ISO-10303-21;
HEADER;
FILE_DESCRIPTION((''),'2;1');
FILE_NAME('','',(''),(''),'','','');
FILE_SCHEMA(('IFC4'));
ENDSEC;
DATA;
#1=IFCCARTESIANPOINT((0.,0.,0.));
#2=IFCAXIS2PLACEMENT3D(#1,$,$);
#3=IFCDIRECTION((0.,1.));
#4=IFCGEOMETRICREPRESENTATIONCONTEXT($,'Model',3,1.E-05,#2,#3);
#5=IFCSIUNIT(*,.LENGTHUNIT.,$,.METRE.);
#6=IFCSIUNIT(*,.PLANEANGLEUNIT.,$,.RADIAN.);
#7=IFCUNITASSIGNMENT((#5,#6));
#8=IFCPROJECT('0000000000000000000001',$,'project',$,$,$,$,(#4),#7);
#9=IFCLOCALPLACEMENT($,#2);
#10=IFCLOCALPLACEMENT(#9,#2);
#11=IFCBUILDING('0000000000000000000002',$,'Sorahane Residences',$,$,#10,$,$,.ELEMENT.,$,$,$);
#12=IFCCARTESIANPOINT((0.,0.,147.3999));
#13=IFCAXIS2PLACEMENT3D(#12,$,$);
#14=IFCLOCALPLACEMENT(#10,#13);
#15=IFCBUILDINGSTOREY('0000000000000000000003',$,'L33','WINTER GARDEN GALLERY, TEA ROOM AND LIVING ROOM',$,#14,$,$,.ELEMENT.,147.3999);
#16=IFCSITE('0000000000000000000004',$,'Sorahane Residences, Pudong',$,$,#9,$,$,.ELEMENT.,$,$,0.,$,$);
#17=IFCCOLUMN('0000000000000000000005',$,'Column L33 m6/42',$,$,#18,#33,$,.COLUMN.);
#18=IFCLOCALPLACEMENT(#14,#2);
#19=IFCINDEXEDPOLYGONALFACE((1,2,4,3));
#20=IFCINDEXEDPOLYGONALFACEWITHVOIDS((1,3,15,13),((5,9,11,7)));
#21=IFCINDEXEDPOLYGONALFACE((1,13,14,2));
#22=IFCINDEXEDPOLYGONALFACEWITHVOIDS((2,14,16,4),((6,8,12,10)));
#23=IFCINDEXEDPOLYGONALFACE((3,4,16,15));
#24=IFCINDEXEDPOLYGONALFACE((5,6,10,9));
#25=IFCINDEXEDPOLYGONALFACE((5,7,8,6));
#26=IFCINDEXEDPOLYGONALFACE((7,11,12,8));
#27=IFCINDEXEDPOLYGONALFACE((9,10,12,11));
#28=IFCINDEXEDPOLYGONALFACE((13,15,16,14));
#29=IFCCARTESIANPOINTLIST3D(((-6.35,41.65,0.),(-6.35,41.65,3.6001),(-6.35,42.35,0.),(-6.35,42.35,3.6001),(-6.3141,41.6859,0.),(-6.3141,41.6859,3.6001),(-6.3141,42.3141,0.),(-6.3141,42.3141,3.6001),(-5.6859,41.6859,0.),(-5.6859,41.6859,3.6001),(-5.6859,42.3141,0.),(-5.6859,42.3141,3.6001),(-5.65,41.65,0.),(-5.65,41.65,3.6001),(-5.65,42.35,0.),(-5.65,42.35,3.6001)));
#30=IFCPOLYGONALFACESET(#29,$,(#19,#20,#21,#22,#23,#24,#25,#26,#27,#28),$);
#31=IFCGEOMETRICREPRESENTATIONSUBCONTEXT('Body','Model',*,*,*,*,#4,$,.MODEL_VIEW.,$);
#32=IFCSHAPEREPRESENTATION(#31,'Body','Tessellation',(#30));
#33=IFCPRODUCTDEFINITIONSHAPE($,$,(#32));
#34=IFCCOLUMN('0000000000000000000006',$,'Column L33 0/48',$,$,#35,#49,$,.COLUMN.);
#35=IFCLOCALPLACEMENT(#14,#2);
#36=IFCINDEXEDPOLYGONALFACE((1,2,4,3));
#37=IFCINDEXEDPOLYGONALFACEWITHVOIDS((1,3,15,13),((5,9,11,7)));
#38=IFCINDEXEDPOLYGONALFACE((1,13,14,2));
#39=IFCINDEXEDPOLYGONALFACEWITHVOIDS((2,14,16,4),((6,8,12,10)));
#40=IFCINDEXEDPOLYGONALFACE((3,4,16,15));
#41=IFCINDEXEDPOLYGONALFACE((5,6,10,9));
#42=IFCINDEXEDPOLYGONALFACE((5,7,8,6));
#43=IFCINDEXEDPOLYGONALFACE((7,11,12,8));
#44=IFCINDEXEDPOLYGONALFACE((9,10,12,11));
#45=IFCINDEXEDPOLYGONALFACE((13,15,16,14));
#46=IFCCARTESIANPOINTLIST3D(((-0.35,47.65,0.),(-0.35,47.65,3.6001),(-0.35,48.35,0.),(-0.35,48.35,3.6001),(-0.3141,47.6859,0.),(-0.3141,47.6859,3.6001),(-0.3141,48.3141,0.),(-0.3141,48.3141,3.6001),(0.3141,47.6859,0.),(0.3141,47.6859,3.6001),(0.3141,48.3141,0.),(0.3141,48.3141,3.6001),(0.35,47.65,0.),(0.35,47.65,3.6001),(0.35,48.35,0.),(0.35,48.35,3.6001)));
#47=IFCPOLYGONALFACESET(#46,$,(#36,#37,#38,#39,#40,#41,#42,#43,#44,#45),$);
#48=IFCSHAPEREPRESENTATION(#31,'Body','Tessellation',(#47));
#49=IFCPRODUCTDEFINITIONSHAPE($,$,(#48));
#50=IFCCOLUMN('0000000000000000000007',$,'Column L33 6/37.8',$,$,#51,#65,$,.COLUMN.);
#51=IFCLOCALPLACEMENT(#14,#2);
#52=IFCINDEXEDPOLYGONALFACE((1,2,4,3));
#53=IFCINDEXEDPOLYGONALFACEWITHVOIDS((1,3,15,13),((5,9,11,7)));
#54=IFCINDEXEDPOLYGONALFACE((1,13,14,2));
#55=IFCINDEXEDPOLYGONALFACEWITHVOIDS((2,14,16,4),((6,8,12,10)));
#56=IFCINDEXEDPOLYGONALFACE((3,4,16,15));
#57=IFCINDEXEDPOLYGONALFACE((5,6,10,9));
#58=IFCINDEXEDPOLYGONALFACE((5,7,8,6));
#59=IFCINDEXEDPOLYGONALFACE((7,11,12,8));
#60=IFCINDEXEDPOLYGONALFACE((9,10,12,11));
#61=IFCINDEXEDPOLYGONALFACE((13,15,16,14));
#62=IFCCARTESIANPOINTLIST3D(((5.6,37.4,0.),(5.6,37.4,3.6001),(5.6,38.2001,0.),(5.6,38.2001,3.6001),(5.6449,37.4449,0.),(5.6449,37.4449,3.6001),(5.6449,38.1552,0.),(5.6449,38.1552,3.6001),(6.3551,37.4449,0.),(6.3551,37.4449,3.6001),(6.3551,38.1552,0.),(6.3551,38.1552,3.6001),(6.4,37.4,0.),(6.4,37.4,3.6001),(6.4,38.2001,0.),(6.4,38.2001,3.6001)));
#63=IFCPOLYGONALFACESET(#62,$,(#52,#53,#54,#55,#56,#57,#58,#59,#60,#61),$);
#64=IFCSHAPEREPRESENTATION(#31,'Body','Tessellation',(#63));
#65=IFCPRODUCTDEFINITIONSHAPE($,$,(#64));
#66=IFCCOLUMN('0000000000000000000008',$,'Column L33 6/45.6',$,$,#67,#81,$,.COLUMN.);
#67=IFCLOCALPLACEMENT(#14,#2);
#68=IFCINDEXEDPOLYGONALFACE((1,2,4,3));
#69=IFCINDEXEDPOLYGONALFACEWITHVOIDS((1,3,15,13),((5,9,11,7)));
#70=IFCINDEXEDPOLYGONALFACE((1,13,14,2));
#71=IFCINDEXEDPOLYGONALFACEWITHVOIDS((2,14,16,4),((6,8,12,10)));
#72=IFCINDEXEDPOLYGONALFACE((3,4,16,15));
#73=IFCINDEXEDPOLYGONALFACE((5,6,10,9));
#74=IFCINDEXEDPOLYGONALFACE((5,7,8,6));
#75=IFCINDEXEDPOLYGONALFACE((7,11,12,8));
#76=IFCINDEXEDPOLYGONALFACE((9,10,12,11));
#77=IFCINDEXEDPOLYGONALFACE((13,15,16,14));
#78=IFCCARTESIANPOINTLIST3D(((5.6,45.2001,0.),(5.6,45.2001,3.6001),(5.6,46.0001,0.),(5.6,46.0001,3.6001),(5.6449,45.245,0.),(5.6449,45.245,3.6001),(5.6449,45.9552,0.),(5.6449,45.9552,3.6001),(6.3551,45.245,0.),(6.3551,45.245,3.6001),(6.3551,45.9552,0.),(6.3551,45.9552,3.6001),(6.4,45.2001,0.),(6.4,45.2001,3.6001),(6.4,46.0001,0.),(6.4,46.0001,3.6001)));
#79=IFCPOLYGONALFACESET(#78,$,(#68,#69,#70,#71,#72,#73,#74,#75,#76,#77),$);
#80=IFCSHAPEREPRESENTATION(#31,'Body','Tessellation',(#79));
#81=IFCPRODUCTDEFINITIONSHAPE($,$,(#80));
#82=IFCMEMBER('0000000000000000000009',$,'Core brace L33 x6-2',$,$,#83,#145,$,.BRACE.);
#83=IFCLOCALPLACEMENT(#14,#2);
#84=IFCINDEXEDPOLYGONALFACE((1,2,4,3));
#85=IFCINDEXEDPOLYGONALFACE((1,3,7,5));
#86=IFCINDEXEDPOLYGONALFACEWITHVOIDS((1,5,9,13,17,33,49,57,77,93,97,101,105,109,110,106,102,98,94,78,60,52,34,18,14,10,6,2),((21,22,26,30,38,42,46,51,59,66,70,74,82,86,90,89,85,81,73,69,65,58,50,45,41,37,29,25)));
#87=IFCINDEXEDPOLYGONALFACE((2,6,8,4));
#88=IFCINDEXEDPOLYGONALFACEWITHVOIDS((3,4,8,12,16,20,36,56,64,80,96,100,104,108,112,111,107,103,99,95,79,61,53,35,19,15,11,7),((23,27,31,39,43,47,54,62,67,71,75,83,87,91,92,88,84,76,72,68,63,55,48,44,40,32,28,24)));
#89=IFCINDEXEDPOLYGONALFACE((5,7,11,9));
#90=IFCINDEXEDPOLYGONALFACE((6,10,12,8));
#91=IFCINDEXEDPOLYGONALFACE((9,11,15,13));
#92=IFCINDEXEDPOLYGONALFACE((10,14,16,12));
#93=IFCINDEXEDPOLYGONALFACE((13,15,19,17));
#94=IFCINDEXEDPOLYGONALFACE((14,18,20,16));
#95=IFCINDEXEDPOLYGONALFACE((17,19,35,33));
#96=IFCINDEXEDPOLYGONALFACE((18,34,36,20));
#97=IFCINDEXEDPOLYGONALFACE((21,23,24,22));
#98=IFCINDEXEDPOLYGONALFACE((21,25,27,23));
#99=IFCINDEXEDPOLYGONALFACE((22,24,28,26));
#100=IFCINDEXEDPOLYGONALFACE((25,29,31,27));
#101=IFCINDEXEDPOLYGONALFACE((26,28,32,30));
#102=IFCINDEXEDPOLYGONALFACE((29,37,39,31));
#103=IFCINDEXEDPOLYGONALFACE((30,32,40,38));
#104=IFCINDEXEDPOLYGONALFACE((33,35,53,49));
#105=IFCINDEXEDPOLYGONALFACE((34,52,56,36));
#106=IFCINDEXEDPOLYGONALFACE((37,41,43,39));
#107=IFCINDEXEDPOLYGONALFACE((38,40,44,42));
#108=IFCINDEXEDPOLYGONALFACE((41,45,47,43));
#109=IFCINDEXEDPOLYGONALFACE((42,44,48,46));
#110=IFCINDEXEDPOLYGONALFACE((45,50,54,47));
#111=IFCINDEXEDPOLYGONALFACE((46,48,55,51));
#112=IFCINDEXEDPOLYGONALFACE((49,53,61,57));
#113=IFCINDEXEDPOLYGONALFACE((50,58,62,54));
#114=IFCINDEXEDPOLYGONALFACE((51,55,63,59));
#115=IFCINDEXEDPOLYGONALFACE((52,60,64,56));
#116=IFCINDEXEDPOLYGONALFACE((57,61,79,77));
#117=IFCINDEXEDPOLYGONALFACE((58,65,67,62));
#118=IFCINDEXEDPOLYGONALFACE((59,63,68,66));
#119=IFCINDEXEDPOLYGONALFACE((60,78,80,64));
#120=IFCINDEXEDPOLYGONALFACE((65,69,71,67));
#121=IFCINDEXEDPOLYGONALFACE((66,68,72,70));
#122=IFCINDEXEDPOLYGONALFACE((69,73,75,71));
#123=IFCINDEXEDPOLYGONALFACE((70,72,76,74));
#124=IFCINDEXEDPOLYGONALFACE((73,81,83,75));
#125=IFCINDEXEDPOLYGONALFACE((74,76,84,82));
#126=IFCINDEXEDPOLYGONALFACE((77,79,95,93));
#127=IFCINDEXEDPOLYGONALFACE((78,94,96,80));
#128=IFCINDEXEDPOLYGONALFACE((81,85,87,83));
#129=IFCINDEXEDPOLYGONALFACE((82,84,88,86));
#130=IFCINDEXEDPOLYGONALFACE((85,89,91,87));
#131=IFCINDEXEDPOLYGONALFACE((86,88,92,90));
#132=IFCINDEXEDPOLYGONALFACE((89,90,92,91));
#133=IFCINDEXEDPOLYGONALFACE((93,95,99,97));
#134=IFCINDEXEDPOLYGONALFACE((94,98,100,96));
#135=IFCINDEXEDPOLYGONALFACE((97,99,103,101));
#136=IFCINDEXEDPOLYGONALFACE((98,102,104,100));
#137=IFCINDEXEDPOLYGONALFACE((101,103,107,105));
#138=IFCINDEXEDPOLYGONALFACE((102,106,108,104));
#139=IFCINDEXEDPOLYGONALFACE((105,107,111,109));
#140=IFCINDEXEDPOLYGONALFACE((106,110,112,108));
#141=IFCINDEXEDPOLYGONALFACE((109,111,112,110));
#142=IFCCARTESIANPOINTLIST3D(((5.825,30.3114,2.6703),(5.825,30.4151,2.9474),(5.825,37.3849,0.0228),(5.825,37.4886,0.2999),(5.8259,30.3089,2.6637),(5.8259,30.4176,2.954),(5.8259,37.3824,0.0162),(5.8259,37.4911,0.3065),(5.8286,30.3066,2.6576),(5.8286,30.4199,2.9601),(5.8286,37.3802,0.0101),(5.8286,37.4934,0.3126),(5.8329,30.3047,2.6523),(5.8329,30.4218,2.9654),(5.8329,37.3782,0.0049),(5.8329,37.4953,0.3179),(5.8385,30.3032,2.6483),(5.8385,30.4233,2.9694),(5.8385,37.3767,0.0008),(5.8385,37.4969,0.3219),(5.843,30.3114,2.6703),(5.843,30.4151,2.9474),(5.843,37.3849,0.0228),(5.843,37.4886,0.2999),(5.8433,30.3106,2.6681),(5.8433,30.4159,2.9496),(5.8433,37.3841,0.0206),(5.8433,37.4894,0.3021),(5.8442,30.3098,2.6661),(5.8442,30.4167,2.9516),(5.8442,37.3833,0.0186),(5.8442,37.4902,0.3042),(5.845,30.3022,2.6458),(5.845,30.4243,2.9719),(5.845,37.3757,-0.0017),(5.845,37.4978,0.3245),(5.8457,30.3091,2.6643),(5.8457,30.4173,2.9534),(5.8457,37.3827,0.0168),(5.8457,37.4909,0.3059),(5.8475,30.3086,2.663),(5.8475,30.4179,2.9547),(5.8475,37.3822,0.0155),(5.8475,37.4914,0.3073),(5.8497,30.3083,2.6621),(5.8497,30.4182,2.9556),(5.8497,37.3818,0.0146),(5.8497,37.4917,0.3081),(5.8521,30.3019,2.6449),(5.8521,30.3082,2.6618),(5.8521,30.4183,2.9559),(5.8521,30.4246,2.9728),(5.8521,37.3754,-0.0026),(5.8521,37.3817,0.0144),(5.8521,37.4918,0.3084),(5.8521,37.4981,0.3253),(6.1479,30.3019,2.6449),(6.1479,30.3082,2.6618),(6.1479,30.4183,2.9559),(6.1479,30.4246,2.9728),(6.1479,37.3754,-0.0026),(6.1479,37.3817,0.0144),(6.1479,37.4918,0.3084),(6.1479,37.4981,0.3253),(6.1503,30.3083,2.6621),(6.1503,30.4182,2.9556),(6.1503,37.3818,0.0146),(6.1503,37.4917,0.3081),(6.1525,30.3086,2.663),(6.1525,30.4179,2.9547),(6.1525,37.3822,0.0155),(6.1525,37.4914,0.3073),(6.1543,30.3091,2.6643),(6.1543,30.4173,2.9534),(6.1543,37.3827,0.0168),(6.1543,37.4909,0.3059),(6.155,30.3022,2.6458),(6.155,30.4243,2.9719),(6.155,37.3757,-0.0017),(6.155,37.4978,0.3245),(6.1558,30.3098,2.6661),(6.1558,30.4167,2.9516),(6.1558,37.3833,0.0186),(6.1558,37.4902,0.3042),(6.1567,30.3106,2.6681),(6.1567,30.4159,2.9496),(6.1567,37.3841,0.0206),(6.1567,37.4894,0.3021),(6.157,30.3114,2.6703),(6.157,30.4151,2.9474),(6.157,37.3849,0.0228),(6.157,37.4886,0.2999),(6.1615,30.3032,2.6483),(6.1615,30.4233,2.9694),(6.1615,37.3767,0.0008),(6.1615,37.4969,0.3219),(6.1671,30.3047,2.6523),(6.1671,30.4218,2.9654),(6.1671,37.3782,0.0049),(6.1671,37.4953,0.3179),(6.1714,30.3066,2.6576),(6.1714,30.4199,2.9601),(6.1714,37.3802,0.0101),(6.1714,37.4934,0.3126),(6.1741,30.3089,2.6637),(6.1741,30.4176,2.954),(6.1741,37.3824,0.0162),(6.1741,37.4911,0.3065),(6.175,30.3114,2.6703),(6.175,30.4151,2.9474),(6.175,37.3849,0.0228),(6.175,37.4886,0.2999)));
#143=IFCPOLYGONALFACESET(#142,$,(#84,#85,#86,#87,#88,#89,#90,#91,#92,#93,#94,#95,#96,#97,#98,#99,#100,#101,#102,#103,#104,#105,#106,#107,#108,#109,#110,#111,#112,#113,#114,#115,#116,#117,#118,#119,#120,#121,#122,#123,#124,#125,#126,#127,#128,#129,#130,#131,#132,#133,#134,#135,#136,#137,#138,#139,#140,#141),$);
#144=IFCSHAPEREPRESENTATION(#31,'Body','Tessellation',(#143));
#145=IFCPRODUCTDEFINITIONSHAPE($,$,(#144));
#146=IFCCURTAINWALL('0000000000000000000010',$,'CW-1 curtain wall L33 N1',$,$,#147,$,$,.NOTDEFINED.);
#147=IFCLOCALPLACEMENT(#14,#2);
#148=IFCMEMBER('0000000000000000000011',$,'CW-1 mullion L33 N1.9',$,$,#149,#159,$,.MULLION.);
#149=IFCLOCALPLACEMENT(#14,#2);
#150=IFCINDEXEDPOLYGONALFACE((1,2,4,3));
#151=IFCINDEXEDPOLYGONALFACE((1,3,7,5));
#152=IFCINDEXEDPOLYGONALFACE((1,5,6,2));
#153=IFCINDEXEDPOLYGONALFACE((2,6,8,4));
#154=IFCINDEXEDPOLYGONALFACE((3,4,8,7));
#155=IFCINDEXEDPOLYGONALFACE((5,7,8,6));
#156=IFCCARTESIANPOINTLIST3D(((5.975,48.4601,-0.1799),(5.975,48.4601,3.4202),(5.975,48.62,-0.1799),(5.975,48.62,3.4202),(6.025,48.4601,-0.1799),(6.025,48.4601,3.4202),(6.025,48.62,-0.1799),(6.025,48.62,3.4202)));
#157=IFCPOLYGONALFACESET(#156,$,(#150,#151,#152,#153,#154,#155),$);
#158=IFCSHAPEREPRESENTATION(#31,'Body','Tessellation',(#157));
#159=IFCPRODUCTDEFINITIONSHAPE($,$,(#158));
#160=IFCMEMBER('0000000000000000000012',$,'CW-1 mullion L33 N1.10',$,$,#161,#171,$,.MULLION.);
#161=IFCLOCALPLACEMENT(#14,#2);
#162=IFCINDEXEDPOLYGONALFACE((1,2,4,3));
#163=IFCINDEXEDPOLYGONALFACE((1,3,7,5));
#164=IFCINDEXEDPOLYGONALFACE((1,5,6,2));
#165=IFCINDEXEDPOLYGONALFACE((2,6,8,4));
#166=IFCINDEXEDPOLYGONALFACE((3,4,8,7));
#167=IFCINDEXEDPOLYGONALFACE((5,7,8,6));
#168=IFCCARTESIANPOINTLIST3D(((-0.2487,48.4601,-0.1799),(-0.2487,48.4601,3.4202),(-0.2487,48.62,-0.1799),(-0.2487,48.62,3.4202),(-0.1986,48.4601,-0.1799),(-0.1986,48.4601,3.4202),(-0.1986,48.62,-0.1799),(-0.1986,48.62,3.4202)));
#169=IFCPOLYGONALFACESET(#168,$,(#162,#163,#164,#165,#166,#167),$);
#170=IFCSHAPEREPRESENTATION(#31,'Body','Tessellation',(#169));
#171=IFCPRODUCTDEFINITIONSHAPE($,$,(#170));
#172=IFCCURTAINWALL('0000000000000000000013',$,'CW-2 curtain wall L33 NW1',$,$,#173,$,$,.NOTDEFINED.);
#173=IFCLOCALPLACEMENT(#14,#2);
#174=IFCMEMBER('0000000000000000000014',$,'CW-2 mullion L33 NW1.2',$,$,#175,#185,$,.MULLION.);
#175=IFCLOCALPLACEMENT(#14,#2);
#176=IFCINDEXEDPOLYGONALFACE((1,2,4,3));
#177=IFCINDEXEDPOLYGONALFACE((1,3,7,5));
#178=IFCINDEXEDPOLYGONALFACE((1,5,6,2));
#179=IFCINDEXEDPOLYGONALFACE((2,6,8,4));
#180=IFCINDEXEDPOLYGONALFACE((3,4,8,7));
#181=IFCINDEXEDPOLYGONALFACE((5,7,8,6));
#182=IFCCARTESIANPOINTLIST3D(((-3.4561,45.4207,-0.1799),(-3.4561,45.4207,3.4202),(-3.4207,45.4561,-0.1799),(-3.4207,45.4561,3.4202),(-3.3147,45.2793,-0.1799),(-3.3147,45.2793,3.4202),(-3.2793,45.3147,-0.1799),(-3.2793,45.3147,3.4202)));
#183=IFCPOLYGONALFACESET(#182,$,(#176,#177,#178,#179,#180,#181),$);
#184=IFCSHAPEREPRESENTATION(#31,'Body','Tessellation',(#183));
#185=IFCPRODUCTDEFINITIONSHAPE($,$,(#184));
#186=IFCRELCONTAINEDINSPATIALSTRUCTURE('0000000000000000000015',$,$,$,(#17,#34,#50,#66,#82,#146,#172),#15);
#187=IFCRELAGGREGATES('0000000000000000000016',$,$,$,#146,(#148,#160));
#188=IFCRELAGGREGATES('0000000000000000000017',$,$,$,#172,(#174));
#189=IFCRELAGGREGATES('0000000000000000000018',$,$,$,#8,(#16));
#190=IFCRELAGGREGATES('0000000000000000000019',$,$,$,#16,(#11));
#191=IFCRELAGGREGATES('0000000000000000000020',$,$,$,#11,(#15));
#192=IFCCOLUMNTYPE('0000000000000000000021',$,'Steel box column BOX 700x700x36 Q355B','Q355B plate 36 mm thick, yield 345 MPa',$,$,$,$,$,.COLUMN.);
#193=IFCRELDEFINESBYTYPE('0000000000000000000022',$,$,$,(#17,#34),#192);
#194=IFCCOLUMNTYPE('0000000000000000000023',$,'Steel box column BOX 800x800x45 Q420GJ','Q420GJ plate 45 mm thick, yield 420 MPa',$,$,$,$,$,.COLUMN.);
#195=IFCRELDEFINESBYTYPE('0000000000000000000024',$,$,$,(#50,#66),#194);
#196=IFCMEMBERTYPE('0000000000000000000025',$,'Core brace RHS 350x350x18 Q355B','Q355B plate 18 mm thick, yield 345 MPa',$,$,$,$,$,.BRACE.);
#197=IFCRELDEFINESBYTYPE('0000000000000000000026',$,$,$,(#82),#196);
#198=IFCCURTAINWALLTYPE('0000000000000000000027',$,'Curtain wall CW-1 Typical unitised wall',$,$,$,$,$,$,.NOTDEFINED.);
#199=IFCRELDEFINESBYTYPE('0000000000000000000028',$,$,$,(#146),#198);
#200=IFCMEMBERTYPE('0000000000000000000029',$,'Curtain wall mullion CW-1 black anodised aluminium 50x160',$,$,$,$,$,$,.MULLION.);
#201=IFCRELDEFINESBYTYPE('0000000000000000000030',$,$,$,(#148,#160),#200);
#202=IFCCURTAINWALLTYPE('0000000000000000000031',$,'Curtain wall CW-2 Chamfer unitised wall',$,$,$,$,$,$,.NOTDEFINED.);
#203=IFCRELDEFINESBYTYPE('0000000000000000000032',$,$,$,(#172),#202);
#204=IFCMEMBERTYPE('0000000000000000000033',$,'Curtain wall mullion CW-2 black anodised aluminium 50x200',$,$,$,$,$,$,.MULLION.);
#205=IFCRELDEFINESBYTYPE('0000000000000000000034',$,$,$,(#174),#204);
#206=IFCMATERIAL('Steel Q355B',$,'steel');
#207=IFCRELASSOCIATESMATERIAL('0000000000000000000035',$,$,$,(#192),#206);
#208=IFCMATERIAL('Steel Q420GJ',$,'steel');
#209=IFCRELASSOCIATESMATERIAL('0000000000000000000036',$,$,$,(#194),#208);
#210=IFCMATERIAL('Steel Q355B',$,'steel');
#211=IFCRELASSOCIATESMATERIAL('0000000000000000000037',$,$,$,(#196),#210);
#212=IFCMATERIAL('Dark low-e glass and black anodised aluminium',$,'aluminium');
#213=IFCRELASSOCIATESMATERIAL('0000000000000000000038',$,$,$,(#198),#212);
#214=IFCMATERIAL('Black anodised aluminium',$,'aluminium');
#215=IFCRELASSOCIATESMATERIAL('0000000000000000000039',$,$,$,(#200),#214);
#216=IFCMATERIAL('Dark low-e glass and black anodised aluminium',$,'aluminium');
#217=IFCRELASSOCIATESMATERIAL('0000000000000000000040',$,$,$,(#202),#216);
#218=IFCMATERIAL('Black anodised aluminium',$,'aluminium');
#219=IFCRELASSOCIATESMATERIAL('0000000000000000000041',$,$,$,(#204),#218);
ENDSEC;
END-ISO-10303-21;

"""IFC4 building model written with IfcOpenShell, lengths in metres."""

from ifc_helpers import new_model, si_unit, direction, frame, origin, origin_2d, place, context, subcontext, project, spatial, rectangle, hollow_rectangle, extrude, material, material_profile, profile_set, type_object, element, aggregate, save


model = new_model("IFC4")

# Units and contexts
model_context = context("Model", 3, precision=1e-05, world=origin(), true_north=direction((0.0, 1.0)))
body_context = subcontext(model_context, "Body", "Model", "MODEL_VIEW")
ifc_project = project(units=[si_unit("LENGTHUNIT", "METRE"), si_unit("PLANEANGLEUNIT", "RADIAN")], contexts=[model_context])

# Site, building, storey
site_placement = place(None, origin())
site = spatial("IfcSite", under=ifc_project, at=site_placement, Name="Sorahane Residences, Pudong", CompositionType="ELEMENT", RefElevation=0.0)
building_placement = place(site_placement, origin())
building = spatial("IfcBuilding", under=site, at=building_placement, Name="Sorahane Residences", CompositionType="ELEMENT")
storey_placement = place(building_placement, frame((0.0, 0.0, 147.3999)))
storey = spatial("IfcBuildingStorey", under=building, at=storey_placement, Name="L33", Description="WINTER GARDEN GALLERY, TEA ROOM AND LIVING ROOM", CompositionType="ELEMENT", Elevation=147.3999)

# Columns
ifc_material_1 = material(Name="Steel Q355B", Category="steel")
ifc_material_profile_1 = material_profile(ifc_material_1, hollow_rectangle(XDim=0.7, YDim=0.7, WallThickness=0.0359, at=origin_2d()), Name="BOX 700x700x36")
ifc_profile_set_1 = profile_set([ifc_material_profile_1], Name="Steel Q355B")
column_type_1 = type_object("IfcColumnType", Name="Steel box column BOX 700x700x36 Q355B", Description="Q355B plate 36 mm thick, yield 345 MPa", PredefinedType="COLUMN", material=ifc_profile_set_1)
for number, where, z_axis, x_axis, name in (
    (1, (-6.0, 42.0, 0.0), (0.0, 0.0, 1.0), (1.0, 0.0, 0.0), "Column L33 m6/42"),
    (2, (0.0, 48.0, 0.0), (0.0, 0.0, 1.0), (1.0, 0.0, 0.0), "Column L33 0/48"),
):
    element("IfcColumn", number, at=place(storey_placement, frame(where, z_axis=z_axis, x_axis=x_axis)), inside=storey, type_object=column_type_1, Name=name, PredefinedType="COLUMN", context=body_context, shape_type="SweptSolid", body=[
        extrude(hollow_rectangle(XDim=0.7, YDim=0.7, WallThickness=0.0359, at=origin_2d()), origin(), (0.0, 0.0, 1.0), 3.6001),
    ])
ifc_material_2 = material(Name="Steel Q420GJ", Category="steel")
ifc_material_profile_2 = material_profile(ifc_material_2, hollow_rectangle(XDim=0.8, YDim=0.8, WallThickness=0.0449, at=origin_2d()), Name="BOX 800x800x45")
ifc_profile_set_2 = profile_set([ifc_material_profile_2], Name="Steel Q420GJ")
column_type_2 = type_object("IfcColumnType", Name="Steel box column BOX 800x800x45 Q420GJ", Description="Q420GJ plate 45 mm thick, yield 420 MPa", PredefinedType="COLUMN", material=ifc_profile_set_2)
for number, where, z_axis, x_axis, name in (
    (3, (6.0, 37.8, 0.0), (0.0, 0.0, 1.0), (1.0, 0.0, 0.0), "Column L33 6/37.8"),
    (4, (6.0, 45.6001, 0.0), (0.0, 0.0, 1.0), (1.0, 0.0, 0.0), "Column L33 6/45.6"),
):
    element("IfcColumn", number, at=place(storey_placement, frame(where, z_axis=z_axis, x_axis=x_axis)), inside=storey, type_object=column_type_2, Name=name, PredefinedType="COLUMN", context=body_context, shape_type="SweptSolid", body=[
        extrude(hollow_rectangle(XDim=0.8, YDim=0.8, WallThickness=0.0449, at=origin_2d()), origin(), (0.0, 0.0, 1.0), 3.6001),
    ])

# Member
ifc_material_3 = material(Name="Steel Q355B", Category="steel")
ifc_material_profile_3 = material_profile(ifc_material_3, hollow_rectangle(XDim=0.3501, YDim=0.3501, WallThickness=0.0181, InnerFilletRadius=0.009, OuterFilletRadius=0.0271, at=origin_2d()), Name="RHS 350x350x18")
ifc_profile_set_3 = profile_set([ifc_material_profile_3], Name="Steel Q355B")
member_type_1 = type_object("IfcMemberType", Name="Core brace RHS 350x350x18 Q355B", Description="Q355B plate 18 mm thick, yield 345 MPa", PredefinedType="BRACE", material=ifc_profile_set_3)
member_1_placement = place(storey_placement, frame((6.0, 37.4368, 0.1614), z_axis=(0.0, -0.936551, 0.350532), x_axis=(1.0, 0.0, 0.0)))
element("IfcMember", 5, at=member_1_placement, inside=storey, type_object=member_type_1, Name="Core brace L33 x6-2", PredefinedType="BRACE", context=body_context, shape_type="SweptSolid", body=[
    extrude(hollow_rectangle(XDim=0.3501, YDim=0.3501, WallThickness=0.0181, InnerFilletRadius=0.009, OuterFilletRadius=0.0271, at=origin_2d()), origin(), (0.0, 0.0, 1.0), 7.5527),
])

# Curtain walls, members
ifc_material_4 = material(Name="Dark low-e glass and black anodised aluminium", Category="aluminium")
curtain_wall_type_1 = type_object("IfcCurtainWallType", Name="Curtain wall CW-1 Typical unitised wall", PredefinedType="NOTDEFINED", material=ifc_material_4)
curtain_wall_1_placement = place(storey_placement, origin())
curtain_wall_1 = element("IfcCurtainWall", 6, at=curtain_wall_1_placement, inside=storey, type_object=curtain_wall_type_1, Name="CW-1 curtain wall L33 N1", PredefinedType="NOTDEFINED")
ifc_material_5 = material(Name="Black anodised aluminium", Category="aluminium")
ifc_material_profile_4 = material_profile(ifc_material_5, rectangle(XDim=0.1599, YDim=0.05, at=origin_2d()), Name="Curtain wall mullion CW-1 black anodised aluminium 50x160")
ifc_profile_set_4 = profile_set([ifc_material_profile_4], Name="Black anodised aluminium")
member_type_2 = type_object("IfcMemberType", Name="Curtain wall mullion CW-1 black anodised aluminium 50x160", PredefinedType="MULLION", material=ifc_profile_set_4)
member_2_placement = place(storey_placement, frame((6.0, 48.54, -0.1799), z_axis=(0.0, 0.0, 1.0), x_axis=(0.0, 1.0, 0.0)))
member_2 = element("IfcMember", 7, at=member_2_placement, type_object=member_type_2, Name="CW-1 mullion L33 N1.9", PredefinedType="MULLION", context=body_context, shape_type="SweptSolid", body=[
    extrude(rectangle(XDim=0.1599, YDim=0.05, at=origin_2d()), origin(), (0.0, 0.0, 1.0), 3.6001),
])
member_3_placement = place(storey_placement, frame((-0.2236, 48.54, -0.1799), z_axis=(0.0, 0.0, 1.0), x_axis=(0.0, 1.0, 0.0)))
member_3 = element("IfcMember", 8, at=member_3_placement, type_object=member_type_2, Name="CW-1 mullion L33 N1.10", PredefinedType="MULLION", context=body_context, shape_type="SweptSolid", body=[
    extrude(rectangle(XDim=0.1599, YDim=0.05, at=origin_2d()), origin(), (0.0, 0.0, 1.0), 3.6001),
])
ifc_material_6 = material(Name="Dark low-e glass and black anodised aluminium", Category="aluminium")
curtain_wall_type_2 = type_object("IfcCurtainWallType", Name="Curtain wall CW-2 Chamfer unitised wall", PredefinedType="NOTDEFINED", material=ifc_material_6)
curtain_wall_2_placement = place(storey_placement, origin())
curtain_wall_2 = element("IfcCurtainWall", 9, at=curtain_wall_2_placement, inside=storey, type_object=curtain_wall_type_2, Name="CW-2 curtain wall L33 NW1", PredefinedType="NOTDEFINED")
ifc_material_7 = material(Name="Black anodised aluminium", Category="aluminium")
ifc_material_profile_5 = material_profile(ifc_material_7, rectangle(XDim=0.2, YDim=0.05, at=origin_2d()), Name="Curtain wall mullion CW-2 black anodised aluminium 50x200")
ifc_profile_set_5 = profile_set([ifc_material_profile_5], Name="Black anodised aluminium")
member_type_3 = type_object("IfcMemberType", Name="Curtain wall mullion CW-2 black anodised aluminium 50x200", PredefinedType="MULLION", material=ifc_profile_set_5)
member_4_placement = place(storey_placement, frame((-3.3677, 45.3677, -0.1799), z_axis=(0.0, 0.0, 1.0), x_axis=(-0.707107, 0.707107, 0.0)))
member_4 = element("IfcMember", 10, at=member_4_placement, type_object=member_type_3, Name="CW-2 mullion L33 NW1.2", PredefinedType="MULLION", context=body_context, shape_type="SweptSolid", body=[
    extrude(rectangle(XDim=0.2, YDim=0.05, at=origin_2d()), origin(), (0.0, 0.0, 1.0), 3.6001),
])

aggregate(curtain_wall_1, [member_2, member_3])
aggregate(curtain_wall_2, [member_4])

save(model, "model.ifc")
